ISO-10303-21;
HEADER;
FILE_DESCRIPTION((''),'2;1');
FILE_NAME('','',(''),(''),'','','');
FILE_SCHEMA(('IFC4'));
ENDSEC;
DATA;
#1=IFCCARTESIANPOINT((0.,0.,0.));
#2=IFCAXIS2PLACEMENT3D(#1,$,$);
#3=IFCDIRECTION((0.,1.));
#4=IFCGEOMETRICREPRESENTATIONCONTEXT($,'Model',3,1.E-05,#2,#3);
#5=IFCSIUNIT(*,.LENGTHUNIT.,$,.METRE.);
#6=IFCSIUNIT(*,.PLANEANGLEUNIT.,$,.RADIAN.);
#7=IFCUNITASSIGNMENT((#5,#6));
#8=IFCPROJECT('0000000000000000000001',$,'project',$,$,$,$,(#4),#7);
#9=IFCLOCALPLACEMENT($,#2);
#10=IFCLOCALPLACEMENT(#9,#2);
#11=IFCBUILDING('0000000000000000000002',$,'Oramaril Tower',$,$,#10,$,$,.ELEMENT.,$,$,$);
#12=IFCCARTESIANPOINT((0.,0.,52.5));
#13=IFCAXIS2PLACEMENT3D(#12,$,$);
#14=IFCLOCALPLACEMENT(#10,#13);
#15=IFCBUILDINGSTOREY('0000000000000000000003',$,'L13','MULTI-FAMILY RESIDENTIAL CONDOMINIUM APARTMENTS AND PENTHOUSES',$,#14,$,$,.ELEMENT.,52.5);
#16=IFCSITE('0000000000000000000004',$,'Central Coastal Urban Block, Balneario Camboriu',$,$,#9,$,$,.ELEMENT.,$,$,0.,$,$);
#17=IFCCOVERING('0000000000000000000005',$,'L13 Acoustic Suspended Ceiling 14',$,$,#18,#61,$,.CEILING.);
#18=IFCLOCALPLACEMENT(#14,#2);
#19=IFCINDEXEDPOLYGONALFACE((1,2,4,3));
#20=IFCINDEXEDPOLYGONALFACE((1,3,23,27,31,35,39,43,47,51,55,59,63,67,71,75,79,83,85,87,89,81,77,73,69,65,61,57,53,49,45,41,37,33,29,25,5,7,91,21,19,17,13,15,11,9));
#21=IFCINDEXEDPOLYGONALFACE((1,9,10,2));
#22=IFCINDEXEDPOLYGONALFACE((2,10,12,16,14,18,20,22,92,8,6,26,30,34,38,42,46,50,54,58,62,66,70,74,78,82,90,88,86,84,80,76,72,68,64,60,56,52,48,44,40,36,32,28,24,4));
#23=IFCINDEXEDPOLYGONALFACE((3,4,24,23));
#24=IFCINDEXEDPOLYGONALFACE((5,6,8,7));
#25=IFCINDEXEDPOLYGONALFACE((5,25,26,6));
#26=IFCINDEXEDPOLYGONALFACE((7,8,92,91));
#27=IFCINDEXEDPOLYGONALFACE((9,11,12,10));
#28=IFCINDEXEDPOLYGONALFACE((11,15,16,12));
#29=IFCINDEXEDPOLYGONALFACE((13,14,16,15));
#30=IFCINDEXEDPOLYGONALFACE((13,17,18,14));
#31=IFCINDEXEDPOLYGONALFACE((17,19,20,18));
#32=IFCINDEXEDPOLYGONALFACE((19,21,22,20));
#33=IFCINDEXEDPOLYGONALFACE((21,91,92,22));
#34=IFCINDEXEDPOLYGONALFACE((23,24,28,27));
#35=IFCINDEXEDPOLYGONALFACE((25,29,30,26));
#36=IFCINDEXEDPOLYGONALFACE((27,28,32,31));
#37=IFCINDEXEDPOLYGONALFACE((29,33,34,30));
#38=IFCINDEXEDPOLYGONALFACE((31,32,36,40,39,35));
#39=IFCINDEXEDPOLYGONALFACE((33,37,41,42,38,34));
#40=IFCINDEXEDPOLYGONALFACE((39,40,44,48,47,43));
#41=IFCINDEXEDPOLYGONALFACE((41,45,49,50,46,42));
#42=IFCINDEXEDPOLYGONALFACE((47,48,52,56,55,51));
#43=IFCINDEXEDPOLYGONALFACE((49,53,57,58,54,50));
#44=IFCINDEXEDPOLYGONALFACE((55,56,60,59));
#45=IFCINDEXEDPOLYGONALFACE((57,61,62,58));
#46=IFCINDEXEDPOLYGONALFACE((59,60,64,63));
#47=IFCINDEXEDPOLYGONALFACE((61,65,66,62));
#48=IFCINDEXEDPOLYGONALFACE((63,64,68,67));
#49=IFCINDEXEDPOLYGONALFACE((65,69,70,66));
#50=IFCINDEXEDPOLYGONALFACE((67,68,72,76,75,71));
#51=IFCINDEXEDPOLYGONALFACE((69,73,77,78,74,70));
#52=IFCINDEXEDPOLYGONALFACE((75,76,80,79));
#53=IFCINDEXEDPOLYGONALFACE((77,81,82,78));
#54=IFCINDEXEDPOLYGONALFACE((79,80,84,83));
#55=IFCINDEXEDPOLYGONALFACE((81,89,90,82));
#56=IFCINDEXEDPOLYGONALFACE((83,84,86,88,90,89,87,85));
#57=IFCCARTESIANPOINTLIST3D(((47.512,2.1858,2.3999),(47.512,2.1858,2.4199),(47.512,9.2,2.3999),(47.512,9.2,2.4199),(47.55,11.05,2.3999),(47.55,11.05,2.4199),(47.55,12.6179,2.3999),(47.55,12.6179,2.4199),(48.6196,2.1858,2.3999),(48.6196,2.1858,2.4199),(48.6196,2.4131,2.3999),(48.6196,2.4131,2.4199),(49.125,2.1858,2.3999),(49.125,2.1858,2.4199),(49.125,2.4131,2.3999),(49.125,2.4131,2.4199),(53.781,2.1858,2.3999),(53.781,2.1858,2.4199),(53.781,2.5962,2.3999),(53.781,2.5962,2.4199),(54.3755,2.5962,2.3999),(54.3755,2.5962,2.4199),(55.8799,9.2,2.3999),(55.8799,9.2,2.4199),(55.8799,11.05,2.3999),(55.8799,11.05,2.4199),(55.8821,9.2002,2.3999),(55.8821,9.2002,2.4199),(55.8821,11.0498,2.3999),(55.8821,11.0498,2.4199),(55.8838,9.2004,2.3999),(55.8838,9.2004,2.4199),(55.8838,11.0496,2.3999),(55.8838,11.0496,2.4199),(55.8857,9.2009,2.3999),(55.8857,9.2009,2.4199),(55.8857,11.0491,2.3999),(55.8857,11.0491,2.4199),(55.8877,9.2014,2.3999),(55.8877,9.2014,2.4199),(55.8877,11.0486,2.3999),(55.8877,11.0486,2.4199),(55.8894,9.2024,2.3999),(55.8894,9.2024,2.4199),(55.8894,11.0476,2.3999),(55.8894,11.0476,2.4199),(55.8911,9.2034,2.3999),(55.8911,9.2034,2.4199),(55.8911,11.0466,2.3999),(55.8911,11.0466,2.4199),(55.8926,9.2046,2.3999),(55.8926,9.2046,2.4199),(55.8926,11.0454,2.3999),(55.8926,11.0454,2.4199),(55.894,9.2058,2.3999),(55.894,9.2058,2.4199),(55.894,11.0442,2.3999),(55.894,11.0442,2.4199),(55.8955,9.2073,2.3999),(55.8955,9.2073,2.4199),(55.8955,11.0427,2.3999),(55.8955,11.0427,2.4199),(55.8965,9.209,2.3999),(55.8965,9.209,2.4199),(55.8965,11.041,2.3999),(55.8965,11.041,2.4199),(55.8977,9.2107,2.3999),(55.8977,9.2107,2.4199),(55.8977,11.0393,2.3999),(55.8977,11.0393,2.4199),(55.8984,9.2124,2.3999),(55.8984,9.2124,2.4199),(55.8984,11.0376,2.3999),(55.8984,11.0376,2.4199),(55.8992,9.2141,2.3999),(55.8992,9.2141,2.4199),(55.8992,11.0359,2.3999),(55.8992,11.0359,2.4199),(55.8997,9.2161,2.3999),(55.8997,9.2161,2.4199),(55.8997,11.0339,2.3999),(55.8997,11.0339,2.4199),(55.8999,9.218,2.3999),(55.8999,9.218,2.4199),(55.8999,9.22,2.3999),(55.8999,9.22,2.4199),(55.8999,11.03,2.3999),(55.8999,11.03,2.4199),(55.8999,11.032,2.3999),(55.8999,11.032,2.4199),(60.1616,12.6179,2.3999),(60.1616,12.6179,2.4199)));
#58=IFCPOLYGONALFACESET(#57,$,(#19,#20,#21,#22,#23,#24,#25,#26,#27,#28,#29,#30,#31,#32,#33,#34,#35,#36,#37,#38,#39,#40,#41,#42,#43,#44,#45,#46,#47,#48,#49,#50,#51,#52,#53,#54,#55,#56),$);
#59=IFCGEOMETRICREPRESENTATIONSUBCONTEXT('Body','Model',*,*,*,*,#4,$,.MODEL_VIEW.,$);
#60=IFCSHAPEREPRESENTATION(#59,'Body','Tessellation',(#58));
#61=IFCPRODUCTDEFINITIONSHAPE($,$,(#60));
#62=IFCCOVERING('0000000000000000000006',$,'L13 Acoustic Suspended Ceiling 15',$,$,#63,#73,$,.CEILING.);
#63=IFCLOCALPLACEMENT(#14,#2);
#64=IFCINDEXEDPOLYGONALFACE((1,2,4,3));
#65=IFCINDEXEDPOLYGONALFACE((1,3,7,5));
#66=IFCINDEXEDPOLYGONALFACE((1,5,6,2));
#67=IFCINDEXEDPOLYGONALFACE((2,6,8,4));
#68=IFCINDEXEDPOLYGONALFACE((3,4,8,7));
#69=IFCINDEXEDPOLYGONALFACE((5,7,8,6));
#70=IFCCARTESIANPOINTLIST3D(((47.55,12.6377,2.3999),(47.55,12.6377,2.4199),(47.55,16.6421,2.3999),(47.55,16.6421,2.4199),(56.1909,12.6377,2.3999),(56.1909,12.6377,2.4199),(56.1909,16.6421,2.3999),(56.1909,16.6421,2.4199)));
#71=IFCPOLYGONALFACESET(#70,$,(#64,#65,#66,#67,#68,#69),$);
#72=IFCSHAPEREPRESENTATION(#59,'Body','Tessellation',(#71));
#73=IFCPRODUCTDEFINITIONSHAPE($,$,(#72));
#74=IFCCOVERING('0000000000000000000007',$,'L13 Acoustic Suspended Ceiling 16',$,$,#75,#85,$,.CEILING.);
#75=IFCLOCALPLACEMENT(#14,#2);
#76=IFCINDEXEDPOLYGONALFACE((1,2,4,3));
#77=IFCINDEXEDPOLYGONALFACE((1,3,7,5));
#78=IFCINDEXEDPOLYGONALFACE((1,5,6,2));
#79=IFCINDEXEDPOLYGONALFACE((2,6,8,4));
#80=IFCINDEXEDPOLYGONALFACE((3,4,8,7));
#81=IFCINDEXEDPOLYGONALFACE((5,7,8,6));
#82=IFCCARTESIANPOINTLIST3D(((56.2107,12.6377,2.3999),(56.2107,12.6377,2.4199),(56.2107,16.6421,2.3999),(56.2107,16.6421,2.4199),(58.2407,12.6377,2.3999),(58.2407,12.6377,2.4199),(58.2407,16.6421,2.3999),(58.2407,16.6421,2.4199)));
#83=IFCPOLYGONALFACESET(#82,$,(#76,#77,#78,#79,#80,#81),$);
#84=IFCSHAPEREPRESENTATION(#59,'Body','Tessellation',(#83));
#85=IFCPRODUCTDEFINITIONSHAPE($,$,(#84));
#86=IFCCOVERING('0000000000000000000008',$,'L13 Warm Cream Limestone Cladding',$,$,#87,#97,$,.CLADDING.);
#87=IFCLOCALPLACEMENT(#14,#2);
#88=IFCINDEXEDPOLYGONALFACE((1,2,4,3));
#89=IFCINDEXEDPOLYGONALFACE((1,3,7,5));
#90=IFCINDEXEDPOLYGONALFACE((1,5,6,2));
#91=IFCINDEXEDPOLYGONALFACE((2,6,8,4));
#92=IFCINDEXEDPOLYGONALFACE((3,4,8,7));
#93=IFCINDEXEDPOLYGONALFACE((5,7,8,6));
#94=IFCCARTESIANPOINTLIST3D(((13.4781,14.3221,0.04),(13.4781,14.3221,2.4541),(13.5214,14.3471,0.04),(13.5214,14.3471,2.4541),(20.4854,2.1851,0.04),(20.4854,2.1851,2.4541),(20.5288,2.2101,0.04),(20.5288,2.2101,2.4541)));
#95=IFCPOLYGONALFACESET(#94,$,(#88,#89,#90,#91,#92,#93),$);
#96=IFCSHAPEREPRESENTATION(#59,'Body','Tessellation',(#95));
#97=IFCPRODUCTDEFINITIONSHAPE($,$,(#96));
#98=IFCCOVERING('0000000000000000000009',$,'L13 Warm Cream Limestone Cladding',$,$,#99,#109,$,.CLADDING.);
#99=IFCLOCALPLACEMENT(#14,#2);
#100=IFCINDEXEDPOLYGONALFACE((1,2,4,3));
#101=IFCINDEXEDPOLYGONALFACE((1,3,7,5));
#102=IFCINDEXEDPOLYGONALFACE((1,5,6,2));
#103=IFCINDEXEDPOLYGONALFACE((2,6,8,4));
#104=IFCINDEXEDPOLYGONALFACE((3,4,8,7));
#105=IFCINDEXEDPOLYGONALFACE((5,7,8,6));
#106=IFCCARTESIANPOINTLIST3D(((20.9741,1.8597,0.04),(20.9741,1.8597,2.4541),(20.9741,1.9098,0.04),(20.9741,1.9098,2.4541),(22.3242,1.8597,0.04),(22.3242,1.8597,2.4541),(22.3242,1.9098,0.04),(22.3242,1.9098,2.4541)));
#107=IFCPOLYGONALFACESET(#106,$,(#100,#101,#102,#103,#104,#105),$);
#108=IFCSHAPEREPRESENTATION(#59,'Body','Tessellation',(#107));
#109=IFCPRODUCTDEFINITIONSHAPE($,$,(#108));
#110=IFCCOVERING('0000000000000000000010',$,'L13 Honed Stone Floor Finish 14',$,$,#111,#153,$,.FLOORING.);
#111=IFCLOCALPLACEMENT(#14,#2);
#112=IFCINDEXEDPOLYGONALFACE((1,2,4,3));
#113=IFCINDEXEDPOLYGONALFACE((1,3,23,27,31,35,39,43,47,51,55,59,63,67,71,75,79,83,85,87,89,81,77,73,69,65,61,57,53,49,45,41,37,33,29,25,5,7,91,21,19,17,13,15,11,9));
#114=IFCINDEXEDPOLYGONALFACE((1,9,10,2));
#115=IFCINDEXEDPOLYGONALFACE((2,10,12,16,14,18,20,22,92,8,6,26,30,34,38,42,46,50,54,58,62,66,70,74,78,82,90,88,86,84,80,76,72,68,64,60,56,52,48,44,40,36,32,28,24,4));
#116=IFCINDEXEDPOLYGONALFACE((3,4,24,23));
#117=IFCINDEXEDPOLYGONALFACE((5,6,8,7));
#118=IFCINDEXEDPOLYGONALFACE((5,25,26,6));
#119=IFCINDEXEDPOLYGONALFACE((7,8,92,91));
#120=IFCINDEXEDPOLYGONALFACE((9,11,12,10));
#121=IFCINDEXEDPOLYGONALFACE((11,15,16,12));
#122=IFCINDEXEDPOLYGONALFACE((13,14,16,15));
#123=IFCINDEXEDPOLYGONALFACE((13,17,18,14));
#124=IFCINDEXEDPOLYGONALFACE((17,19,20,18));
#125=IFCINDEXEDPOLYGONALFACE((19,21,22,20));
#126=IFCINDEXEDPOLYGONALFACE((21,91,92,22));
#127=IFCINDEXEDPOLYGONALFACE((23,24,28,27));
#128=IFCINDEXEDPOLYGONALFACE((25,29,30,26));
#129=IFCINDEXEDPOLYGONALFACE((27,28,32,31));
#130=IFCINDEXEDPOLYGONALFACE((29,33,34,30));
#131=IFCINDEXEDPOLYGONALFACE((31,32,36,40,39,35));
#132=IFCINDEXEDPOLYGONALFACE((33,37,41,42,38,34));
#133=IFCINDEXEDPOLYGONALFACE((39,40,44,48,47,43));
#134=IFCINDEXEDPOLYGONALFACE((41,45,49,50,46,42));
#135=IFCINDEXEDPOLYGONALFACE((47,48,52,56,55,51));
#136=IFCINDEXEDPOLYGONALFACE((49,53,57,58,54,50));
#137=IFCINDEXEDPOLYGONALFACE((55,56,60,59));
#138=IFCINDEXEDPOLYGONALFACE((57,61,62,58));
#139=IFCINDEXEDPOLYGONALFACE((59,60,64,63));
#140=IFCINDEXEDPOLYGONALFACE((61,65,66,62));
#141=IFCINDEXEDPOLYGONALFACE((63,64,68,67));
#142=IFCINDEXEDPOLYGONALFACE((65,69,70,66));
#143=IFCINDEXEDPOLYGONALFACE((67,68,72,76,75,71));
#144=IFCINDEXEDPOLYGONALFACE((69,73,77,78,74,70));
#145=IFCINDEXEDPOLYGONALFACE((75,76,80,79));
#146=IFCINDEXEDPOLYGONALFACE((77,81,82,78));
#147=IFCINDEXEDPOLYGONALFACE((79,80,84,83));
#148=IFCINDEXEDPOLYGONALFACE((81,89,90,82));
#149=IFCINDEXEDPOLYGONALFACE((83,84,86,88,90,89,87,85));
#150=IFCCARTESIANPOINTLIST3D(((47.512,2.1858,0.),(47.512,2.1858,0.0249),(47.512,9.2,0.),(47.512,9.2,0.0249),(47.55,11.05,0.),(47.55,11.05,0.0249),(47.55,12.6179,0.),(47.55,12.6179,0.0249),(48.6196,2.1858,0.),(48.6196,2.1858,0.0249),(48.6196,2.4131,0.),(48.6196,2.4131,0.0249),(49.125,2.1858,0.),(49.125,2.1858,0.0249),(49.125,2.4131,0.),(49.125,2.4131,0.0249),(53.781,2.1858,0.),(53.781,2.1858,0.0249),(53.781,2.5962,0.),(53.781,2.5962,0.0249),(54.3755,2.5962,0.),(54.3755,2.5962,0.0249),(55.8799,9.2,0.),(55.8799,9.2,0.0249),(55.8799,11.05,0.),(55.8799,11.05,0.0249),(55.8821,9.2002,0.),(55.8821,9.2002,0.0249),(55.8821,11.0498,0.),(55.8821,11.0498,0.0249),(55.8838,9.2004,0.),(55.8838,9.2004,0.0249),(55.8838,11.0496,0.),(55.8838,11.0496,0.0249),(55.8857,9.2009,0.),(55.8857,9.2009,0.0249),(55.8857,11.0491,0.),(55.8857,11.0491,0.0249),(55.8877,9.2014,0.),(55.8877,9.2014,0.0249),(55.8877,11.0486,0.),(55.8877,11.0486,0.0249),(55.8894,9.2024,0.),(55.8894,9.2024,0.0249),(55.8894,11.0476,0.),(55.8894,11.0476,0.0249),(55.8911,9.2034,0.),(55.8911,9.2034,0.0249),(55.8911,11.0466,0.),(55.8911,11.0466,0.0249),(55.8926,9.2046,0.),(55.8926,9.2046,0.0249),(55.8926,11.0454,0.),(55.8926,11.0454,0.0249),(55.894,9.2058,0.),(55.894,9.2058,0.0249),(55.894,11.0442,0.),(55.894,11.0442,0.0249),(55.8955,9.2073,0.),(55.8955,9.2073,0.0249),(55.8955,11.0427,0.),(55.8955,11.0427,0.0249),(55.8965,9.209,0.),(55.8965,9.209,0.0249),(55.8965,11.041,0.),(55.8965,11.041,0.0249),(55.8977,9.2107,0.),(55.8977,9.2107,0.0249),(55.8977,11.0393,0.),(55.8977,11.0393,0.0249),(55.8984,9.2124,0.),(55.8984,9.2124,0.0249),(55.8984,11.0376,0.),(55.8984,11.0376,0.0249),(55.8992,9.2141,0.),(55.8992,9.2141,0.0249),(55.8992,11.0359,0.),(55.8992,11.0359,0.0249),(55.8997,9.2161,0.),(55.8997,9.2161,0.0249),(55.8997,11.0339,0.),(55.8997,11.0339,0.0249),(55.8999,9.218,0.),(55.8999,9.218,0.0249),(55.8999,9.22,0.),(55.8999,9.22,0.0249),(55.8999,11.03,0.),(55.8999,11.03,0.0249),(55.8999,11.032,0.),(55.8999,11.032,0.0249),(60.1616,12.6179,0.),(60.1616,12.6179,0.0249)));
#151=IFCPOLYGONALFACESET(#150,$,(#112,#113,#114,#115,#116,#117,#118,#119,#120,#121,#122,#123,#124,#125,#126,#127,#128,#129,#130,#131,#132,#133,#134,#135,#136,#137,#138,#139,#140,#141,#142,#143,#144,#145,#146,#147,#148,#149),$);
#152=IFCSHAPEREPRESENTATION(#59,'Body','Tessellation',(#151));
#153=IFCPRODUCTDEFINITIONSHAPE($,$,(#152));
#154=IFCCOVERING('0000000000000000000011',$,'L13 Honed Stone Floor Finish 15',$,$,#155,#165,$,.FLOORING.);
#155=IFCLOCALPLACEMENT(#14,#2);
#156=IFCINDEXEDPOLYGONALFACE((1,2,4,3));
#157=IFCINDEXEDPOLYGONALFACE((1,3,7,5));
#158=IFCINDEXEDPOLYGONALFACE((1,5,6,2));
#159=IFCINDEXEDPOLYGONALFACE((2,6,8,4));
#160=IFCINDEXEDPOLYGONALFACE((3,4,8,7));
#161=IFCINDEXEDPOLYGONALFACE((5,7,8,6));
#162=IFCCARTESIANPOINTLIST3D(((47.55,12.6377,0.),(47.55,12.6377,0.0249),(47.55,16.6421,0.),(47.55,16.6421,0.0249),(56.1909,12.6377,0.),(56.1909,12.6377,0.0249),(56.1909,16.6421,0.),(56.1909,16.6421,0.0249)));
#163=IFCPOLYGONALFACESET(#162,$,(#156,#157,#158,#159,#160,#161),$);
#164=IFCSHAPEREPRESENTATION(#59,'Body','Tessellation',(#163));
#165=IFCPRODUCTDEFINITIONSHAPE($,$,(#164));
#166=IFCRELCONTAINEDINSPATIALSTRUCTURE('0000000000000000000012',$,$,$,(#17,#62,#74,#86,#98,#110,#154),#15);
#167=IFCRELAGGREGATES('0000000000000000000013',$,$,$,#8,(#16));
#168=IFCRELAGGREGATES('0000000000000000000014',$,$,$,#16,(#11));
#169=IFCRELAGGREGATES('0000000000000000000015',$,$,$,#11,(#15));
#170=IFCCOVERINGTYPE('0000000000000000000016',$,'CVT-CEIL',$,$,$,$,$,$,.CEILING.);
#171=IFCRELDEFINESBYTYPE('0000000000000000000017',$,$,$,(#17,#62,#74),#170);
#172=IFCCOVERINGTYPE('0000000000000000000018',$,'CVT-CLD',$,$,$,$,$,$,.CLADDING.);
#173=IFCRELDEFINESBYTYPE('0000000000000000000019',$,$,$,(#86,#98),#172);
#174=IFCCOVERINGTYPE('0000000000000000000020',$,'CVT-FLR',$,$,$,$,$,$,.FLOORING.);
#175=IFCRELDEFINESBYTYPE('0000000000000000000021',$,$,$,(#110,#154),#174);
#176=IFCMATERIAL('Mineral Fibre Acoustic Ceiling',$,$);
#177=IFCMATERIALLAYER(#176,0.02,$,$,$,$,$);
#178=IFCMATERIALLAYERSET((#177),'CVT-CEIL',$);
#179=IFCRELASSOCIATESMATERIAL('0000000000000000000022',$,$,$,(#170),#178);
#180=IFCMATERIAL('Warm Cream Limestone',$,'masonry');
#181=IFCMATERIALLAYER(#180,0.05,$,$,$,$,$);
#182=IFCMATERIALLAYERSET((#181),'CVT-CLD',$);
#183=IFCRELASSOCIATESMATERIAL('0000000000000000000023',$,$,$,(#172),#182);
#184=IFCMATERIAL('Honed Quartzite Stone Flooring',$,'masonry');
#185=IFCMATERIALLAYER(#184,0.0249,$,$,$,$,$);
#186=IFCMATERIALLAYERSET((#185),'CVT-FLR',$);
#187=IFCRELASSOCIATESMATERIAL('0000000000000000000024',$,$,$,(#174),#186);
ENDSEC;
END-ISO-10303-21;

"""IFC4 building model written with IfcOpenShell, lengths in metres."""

from ifc_helpers import new_model, si_unit, direction, frame, origin, origin_2d, place, context, subcontext, project, spatial, polyline, rectangle, outline, extrude, material, layer, layer_set, type_object, element, save


model = new_model("IFC4")

# Units and contexts
model_context = context("Model", 3, precision=1e-05, world=origin(), true_north=direction((0.0, 1.0)))
body_context = subcontext(model_context, "Body", "Model", "MODEL_VIEW")
ifc_project = project(units=[si_unit("LENGTHUNIT", "METRE"), si_unit("PLANEANGLEUNIT", "RADIAN")], contexts=[model_context])

# Site, building, storey
site_placement = place(None, origin())
site = spatial("IfcSite", under=ifc_project, at=site_placement, Name="Central Coastal Urban Block, Balneario Camboriu", CompositionType="ELEMENT", RefElevation=0.0)
building_placement = place(site_placement, origin())
building = spatial("IfcBuilding", under=site, at=building_placement, Name="Oramaril Tower", CompositionType="ELEMENT")
storey_placement = place(building_placement, frame((0.0, 0.0, 52.5)))
storey = spatial("IfcBuildingStorey", under=building, at=storey_placement, Name="L13", Description="MULTI-FAMILY RESIDENTIAL CONDOMINIUM APARTMENTS AND PENTHOUSES", CompositionType="ELEMENT", Elevation=52.5)

# Coverings
ifc_material_1 = material(Name="Mineral Fibre Acoustic Ceiling")
ifc_layer_1 = layer(ifc_material_1, 0.02)
ifc_layer_set_1 = layer_set([ifc_layer_1], Name="CVT-CEIL")
covering_type_1 = type_object("IfcCoveringType", Name="CVT-CEIL", PredefinedType="CEILING", material=ifc_layer_set_1)
covering_1_placement = place(storey_placement, frame((0.0, 0.0, 2.3999)))
element("IfcCovering", 1, at=covering_1_placement, inside=storey, type_object=covering_type_1, Name="L13 Acoustic Suspended Ceiling 14", PredefinedType="CEILING", context=body_context, shape_type="SweptSolid", body=[
    extrude(outline(polyline([(60.1616, 12.6179), (54.3755, 2.5962), (53.781, 2.5962), (53.781, 2.1858), (49.125, 2.1858), (49.125, 2.4131), (48.6196, 2.4131), (48.6196, 2.1858), (47.512, 2.1858), (47.512, 9.2), (55.8799, 9.2), (55.8821, 9.2002), (55.8838, 9.2004), (55.8857, 9.2009), (55.8877, 9.2014), (55.8894, 9.2024), (55.8911, 9.2034), (55.8926, 9.2046), (55.894, 9.2058), (55.8955, 9.2073), (55.8965, 9.209), (55.8977, 9.2107), (55.8984, 9.2124), (55.8992, 9.2141), (55.8997, 9.2161), (55.8999, 9.218), (55.8999, 9.22), (55.8999, 11.03), (55.8999, 11.032), (55.8997, 11.0339), (55.8992, 11.0359), (55.8984, 11.0376), (55.8977, 11.0393), (55.8965, 11.041), (55.8955, 11.0427), (55.894, 11.0442), (55.8926, 11.0454), (55.8911, 11.0466), (55.8894, 11.0476), (55.8877, 11.0486), (55.8857, 11.0491), (55.8838, 11.0496), (55.8821, 11.0498), (55.8799, 11.05), (47.55, 11.05), (47.55, 12.6179), (60.1616, 12.6179)])), origin(), (0.0, 0.0, 1.0), 0.02),
])
covering_2_placement = place(storey_placement, frame((0.0, 0.0, 2.3999)))
element("IfcCovering", 2, at=covering_2_placement, inside=storey, type_object=covering_type_1, Name="L13 Acoustic Suspended Ceiling 15", PredefinedType="CEILING", context=body_context, shape_type="SweptSolid", body=[
    extrude(outline(polyline([(56.1909, 16.6421), (56.1909, 12.6377), (47.55, 12.6377), (47.55, 16.6421), (56.1909, 16.6421)])), origin(), (0.0, 0.0, 1.0), 0.02),
])
covering_3_placement = place(storey_placement, frame((0.0, 0.0, 2.3999)))
element("IfcCovering", 3, at=covering_3_placement, inside=storey, type_object=covering_type_1, Name="L13 Acoustic Suspended Ceiling 16", PredefinedType="CEILING", context=body_context, shape_type="SweptSolid", body=[
    extrude(outline(polyline([(58.2407, 16.6421), (58.2407, 12.6377), (56.2107, 12.6377), (56.2107, 16.6421), (58.2407, 16.6421)])), origin(), (0.0, 0.0, 1.0), 0.02),
])
ifc_material_2 = material(Name="Warm Cream Limestone", Category="masonry")
ifc_layer_2 = layer(ifc_material_2, 0.05)
ifc_layer_set_2 = layer_set([ifc_layer_2], Name="CVT-CLD")
covering_type_2 = type_object("IfcCoveringType", Name="CVT-CLD", PredefinedType="CLADDING", material=ifc_layer_set_2)
covering_4_placement = place(storey_placement, frame((17.0034, 8.2661, 0.04), z_axis=(0.0, 0.0, 1.0), x_axis=(0.5, -0.866025, 0.0)))
element("IfcCovering", 4, at=covering_4_placement, inside=storey, type_object=covering_type_2, Name="L13 Warm Cream Limestone Cladding", PredefinedType="CLADDING", context=body_context, shape_type="SweptSolid", body=[
    extrude(rectangle(XDim=14.0146, YDim=0.05, at=origin_2d()), origin(), (0.0, 0.0, 1.0), 2.4141),
])
covering_5_placement = place(storey_placement, frame((21.6492, 1.8848, 0.04), z_axis=(0.0, 0.0, 1.0), x_axis=(1.0, 0.0, 0.0)))
element("IfcCovering", 5, at=covering_5_placement, inside=storey, type_object=covering_type_2, Name="L13 Warm Cream Limestone Cladding", PredefinedType="CLADDING", context=body_context, shape_type="SweptSolid", body=[
    extrude(rectangle(XDim=1.3501, YDim=0.05, at=origin_2d()), origin(), (0.0, 0.0, 1.0), 2.4141),
])
ifc_material_3 = material(Name="Honed Quartzite Stone Flooring", Category="masonry")
ifc_layer_3 = layer(ifc_material_3, 0.0249)
ifc_layer_set_3 = layer_set([ifc_layer_3], Name="CVT-FLR")
covering_type_3 = type_object("IfcCoveringType", Name="CVT-FLR", PredefinedType="FLOORING", material=ifc_layer_set_3)
covering_6_placement = place(storey_placement, origin())
element("IfcCovering", 6, at=covering_6_placement, inside=storey, type_object=covering_type_3, Name="L13 Honed Stone Floor Finish 14", PredefinedType="FLOORING", context=body_context, shape_type="SweptSolid", body=[
    extrude(outline(polyline([(60.1616, 12.6179), (54.3755, 2.5962), (53.781, 2.5962), (53.781, 2.1858), (49.125, 2.1858), (49.125, 2.4131), (48.6196, 2.4131), (48.6196, 2.1858), (47.512, 2.1858), (47.512, 9.2), (55.8799, 9.2), (55.8821, 9.2002), (55.8838, 9.2004), (55.8857, 9.2009), (55.8877, 9.2014), (55.8894, 9.2024), (55.8911, 9.2034), (55.8926, 9.2046), (55.894, 9.2058), (55.8955, 9.2073), (55.8965, 9.209), (55.8977, 9.2107), (55.8984, 9.2124), (55.8992, 9.2141), (55.8997, 9.2161), (55.8999, 9.218), (55.8999, 9.22), (55.8999, 11.03), (55.8999, 11.032), (55.8997, 11.0339), (55.8992, 11.0359), (55.8984, 11.0376), (55.8977, 11.0393), (55.8965, 11.041), (55.8955, 11.0427), (55.894, 11.0442), (55.8926, 11.0454), (55.8911, 11.0466), (55.8894, 11.0476), (55.8877, 11.0486), (55.8857, 11.0491), (55.8838, 11.0496), (55.8821, 11.0498), (55.8799, 11.05), (47.55, 11.05), (47.55, 12.6179), (60.1616, 12.6179)])), origin(), (0.0, 0.0, 1.0), 0.0249),
])
covering_7_placement = place(storey_placement, origin())
element("IfcCovering", 7, at=covering_7_placement, inside=storey, type_object=covering_type_3, Name="L13 Honed Stone Floor Finish 15", PredefinedType="FLOORING", context=body_context, shape_type="SweptSolid", body=[
    extrude(outline(polyline([(56.1909, 16.6421), (56.1909, 12.6377), (47.55, 12.6377), (47.55, 16.6421), (56.1909, 16.6421)])), origin(), (0.0, 0.0, 1.0), 0.0249),
])

save(model, "model.ifc")
